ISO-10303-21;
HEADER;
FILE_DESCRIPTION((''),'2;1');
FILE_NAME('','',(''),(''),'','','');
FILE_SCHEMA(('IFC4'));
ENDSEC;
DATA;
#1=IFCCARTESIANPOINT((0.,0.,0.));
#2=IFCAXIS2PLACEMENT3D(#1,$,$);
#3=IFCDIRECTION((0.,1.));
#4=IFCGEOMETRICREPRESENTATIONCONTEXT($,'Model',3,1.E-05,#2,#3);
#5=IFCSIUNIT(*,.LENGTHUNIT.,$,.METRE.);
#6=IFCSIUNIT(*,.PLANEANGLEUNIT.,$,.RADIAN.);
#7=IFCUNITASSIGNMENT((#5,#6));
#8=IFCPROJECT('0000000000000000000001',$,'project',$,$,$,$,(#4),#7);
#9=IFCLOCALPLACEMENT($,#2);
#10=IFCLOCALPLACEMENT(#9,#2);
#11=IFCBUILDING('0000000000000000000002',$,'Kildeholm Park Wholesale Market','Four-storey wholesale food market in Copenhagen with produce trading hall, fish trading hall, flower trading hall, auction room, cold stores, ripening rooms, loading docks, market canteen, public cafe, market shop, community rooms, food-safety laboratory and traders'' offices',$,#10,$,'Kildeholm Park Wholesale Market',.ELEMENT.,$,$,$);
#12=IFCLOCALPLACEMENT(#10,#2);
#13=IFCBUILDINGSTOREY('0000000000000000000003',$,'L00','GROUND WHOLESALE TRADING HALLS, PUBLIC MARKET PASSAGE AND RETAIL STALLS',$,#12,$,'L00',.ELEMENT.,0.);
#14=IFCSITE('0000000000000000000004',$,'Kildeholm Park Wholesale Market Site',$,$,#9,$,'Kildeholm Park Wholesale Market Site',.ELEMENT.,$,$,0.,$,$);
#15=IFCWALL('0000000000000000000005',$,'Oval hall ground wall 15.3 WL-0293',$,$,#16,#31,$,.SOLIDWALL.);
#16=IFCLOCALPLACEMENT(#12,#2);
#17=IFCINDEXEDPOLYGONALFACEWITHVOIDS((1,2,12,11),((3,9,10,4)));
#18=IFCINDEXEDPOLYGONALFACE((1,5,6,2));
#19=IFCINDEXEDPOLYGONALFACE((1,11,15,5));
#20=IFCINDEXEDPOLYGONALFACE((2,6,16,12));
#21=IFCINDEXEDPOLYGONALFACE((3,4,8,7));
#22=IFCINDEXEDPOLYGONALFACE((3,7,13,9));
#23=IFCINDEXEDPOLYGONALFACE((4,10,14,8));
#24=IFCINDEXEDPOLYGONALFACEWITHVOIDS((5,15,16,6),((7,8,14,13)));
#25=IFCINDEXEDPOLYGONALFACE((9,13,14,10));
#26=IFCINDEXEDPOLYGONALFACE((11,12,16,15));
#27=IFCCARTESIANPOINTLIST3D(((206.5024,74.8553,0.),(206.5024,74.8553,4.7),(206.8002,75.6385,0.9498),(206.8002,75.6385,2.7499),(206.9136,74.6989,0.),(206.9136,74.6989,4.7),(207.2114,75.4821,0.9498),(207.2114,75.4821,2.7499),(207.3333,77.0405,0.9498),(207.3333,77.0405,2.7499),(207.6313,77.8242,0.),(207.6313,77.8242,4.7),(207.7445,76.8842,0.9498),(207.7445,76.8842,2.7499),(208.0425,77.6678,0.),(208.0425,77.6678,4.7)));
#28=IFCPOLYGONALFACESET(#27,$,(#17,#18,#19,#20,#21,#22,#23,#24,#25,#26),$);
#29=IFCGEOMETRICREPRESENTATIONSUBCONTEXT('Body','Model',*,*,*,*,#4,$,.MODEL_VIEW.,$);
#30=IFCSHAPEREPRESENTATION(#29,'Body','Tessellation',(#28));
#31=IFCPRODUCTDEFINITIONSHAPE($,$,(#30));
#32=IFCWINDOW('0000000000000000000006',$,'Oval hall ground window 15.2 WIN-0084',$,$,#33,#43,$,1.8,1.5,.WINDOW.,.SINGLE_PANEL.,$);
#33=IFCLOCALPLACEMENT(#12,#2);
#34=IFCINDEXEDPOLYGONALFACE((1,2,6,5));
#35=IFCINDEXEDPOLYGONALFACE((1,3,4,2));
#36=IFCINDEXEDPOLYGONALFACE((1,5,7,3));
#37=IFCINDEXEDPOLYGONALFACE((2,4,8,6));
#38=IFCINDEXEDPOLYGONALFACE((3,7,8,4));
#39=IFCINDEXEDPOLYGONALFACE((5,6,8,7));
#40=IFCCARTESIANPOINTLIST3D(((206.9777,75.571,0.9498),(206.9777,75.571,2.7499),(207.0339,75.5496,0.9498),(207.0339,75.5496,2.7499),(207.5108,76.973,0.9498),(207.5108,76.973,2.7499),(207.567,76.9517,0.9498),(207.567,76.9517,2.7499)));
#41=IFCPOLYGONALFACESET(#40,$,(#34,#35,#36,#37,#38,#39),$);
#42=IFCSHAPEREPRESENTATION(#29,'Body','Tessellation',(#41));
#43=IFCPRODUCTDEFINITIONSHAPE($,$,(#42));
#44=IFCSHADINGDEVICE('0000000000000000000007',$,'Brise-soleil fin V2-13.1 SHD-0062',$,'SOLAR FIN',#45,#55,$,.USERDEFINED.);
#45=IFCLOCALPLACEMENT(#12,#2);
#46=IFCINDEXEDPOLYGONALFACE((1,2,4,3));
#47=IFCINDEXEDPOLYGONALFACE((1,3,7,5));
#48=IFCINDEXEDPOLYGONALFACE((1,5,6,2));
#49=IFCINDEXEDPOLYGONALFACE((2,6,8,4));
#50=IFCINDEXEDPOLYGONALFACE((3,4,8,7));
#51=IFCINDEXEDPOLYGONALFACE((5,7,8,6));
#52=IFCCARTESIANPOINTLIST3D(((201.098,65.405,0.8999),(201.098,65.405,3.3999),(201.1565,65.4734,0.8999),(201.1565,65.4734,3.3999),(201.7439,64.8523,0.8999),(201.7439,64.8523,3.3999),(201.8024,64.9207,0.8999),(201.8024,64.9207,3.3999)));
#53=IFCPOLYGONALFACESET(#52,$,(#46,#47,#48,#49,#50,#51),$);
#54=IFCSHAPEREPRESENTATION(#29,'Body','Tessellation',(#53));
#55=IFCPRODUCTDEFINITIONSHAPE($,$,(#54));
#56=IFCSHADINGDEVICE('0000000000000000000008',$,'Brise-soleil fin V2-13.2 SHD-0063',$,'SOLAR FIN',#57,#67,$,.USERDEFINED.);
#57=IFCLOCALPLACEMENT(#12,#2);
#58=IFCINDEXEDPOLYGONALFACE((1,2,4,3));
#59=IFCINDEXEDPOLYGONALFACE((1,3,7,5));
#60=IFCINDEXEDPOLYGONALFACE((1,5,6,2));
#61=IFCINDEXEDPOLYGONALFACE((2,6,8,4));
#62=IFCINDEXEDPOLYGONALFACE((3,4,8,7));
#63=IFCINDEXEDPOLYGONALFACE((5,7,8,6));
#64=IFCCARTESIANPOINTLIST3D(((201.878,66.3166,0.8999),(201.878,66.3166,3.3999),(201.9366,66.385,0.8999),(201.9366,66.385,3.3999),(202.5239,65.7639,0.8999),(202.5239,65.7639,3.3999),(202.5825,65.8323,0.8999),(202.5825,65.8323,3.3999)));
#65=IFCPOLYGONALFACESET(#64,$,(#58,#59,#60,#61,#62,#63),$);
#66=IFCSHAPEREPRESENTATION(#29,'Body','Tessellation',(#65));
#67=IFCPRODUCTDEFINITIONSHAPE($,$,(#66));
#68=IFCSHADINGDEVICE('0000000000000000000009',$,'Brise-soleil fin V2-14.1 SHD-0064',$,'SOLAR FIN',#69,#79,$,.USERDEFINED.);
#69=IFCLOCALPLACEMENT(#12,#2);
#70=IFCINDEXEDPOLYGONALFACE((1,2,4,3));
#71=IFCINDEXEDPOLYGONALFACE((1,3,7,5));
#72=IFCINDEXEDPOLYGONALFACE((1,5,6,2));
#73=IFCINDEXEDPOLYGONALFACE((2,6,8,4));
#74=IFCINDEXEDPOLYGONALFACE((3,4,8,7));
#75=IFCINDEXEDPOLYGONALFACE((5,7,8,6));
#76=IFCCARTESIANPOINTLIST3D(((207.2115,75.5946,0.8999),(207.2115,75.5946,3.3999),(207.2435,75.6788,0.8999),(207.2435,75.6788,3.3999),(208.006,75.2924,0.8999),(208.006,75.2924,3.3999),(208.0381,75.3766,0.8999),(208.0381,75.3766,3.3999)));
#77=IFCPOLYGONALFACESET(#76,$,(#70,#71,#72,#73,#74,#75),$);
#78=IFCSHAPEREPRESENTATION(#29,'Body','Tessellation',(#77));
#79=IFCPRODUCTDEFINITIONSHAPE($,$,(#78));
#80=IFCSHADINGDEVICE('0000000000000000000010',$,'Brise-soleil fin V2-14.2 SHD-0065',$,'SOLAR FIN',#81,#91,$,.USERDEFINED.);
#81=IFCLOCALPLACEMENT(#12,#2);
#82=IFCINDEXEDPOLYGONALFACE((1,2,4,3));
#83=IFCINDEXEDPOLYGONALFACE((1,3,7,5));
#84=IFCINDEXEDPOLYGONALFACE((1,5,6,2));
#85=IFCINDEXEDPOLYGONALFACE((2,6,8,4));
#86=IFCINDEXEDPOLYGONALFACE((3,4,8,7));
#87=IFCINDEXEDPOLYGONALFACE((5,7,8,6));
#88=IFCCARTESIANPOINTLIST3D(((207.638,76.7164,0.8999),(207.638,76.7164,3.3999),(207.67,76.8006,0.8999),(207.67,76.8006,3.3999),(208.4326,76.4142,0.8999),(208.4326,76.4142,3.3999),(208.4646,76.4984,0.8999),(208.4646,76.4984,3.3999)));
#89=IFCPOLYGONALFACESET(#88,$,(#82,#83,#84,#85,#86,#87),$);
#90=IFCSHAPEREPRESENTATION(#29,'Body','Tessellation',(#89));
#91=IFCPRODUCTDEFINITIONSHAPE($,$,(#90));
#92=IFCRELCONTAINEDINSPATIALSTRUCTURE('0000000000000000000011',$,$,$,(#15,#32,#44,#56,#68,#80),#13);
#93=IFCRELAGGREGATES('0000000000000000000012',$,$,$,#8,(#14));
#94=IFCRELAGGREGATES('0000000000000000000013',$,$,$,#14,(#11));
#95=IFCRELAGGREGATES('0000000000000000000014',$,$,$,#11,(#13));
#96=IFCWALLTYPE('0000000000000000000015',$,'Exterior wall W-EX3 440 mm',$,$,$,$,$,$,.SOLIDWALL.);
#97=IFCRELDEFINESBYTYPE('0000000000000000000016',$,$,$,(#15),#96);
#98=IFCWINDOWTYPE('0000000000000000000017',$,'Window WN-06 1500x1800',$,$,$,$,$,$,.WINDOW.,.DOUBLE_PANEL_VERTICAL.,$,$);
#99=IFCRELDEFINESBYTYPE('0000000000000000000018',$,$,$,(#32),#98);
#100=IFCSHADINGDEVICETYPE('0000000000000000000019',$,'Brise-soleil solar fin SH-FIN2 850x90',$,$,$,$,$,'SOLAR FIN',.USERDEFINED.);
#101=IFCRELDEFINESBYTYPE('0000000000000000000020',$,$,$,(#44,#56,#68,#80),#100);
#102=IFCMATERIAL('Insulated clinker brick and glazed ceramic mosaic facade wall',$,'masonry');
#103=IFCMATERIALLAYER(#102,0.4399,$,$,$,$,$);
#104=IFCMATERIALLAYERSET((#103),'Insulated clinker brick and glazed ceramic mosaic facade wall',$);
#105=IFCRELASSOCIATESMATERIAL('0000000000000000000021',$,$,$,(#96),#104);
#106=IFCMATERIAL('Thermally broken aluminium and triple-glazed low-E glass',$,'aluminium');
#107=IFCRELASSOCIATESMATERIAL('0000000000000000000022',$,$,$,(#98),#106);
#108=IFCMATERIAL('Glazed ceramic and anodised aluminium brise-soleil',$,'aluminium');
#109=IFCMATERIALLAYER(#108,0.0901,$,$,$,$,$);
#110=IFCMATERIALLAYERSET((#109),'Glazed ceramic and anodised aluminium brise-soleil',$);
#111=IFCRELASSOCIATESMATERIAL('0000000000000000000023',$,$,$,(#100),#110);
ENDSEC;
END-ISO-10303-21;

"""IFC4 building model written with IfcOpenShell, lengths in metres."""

from ifc_helpers import new_model, si_unit, direction, frame, frame_2d, origin, origin_2d, place, context, subcontext, project, spatial, rectangle, extrude, material, layer, layer_set, type_object, element, fill, save


model = new_model("IFC4")

# Units and contexts
model_context = context("Model", 3, precision=1e-05, world=origin(), true_north=direction((0.0, 1.0)))
body_context = subcontext(model_context, "Body", "Model", "MODEL_VIEW")
ifc_project = project(units=[si_unit("LENGTHUNIT", "METRE"), si_unit("PLANEANGLEUNIT", "RADIAN")], contexts=[model_context])

# Site, building, storey
site_placement = place(None, origin())
site = spatial("IfcSite", under=ifc_project, at=site_placement, Name="Kildeholm Park Wholesale Market Site", LongName="Kildeholm Park Wholesale Market Site", CompositionType="ELEMENT", RefElevation=0.0)
building_placement = place(site_placement, origin())
building = spatial("IfcBuilding", under=site, at=building_placement, Name="Kildeholm Park Wholesale Market", Description="Four-storey wholesale food market in Copenhagen with produce trading hall, fish trading hall, flower trading hall, auction room, cold stores, ripening rooms, loading docks, market canteen, public cafe, market shop, community rooms, food-safety laboratory and traders' offices", LongName="Kildeholm Park Wholesale Market", CompositionType="ELEMENT")
storey_placement = place(building_placement, origin())
storey = spatial("IfcBuildingStorey", under=building, at=storey_placement, Name="L00", Description="GROUND WHOLESALE TRADING HALLS, PUBLIC MARKET PASSAGE AND RETAIL STALLS", LongName="L00", CompositionType="ELEMENT", Elevation=0.0)

# Shared definitions
ifc_material_1 = material(Name="Insulated clinker brick and glazed ceramic mosaic facade wall", Category="masonry")
ifc_layer_1 = layer(ifc_material_1, 0.4399)
ifc_layer_set_1 = layer_set([ifc_layer_1], Name="Insulated clinker brick and glazed ceramic mosaic facade wall")
wall_type = type_object("IfcWallType", Name="Exterior wall W-EX3 440 mm", PredefinedType="SOLIDWALL", material=ifc_layer_set_1)
ifc_material_2 = material(Name="Thermally broken aluminium and triple-glazed low-E glass", Category="aluminium")

# Wall, opening, window
wall_1_placement = place(storey_placement, frame((206.708, 74.7771, 0.0), z_axis=(0.0, 0.0, 1.0), x_axis=(0.355407, 0.934712, 0.0)))
wall_1 = element("IfcWall", 1, at=wall_1_placement, inside=storey, type_object=wall_type, Name="Oval hall ground wall 15.3 WL-0293", PredefinedType="SOLIDWALL", context=body_context, shape_type="SweptSolid", body=[
    extrude(rectangle(XDim=3.1763, YDim=0.4399, at=frame_2d((1.5881, 0.0))), origin(), (0.0, 0.0, 1.0), 4.7),
])
opening_1_placement = place(wall_1_placement, frame((0.8379, 0.0, 0.95)))
opening_1 = element("IfcOpeningElement", 2, at=opening_1_placement, cuts=wall_1, PredefinedType="OPENING", context=body_context, shape_type="SweptSolid", body=[
    extrude(rectangle(XDim=1.5, YDim=1.8, at=frame_2d((0.75, 0.8999))), frame((0.0, 0.23, 0.0), z_axis=(0.0, -1.0, 0.0), x_axis=(1.0, 0.0, 0.0)), (0.0, 0.0, 1.0), 0.46),
])
window_type_1 = type_object("IfcWindowType", Name="Window WN-06 1500x1800", PartitioningType="DOUBLE_PANEL_VERTICAL", PredefinedType="WINDOW", material=ifc_material_2)
window_1_placement = place(opening_1_placement, origin())
window_1 = element("IfcWindow", 3, at=window_1_placement, inside=storey, type_object=window_type_1, Name="Oval hall ground window 15.2 WIN-0084", OverallHeight=1.8, OverallWidth=1.5, PartitioningType="SINGLE_PANEL", PredefinedType="WINDOW", context=body_context, shape_type="SweptSolid", body=[
    extrude(rectangle(XDim=1.5, YDim=1.8, at=frame_2d((0.75, 0.8999))), frame((0.0, 0.03, 0.0), z_axis=(0.0, -1.0, 0.0), x_axis=(1.0, 0.0, 0.0)), (0.0, 0.0, 1.0), 0.0601),
])
fill(opening_1, window_1)

# Shading devices
ifc_material_3 = material(Name="Glazed ceramic and anodised aluminium brise-soleil", Category="aluminium")
ifc_layer_2 = layer(ifc_material_3, 0.0901)
ifc_layer_set_2 = layer_set([ifc_layer_2], Name="Glazed ceramic and anodised aluminium brise-soleil")
shading_device_type = type_object("IfcShadingDeviceType", Name="Brise-soleil solar fin SH-FIN2 850x90", ElementType="SOLAR FIN", PredefinedType="USERDEFINED", material=ifc_layer_set_2)
for number, where, z_axis, x_axis, name in (
    (4, (201.4502, 65.1628, 0.8999), (0.0, 0.0, 1.0), (0.759805, -0.650151, 0.0), "Brise-soleil fin V2-13.1 SHD-0062"),
    (5, (202.2302, 66.0745, 0.8999), (0.0, 0.0, 1.0), (0.759805, -0.650151, 0.0), "Brise-soleil fin V2-13.2 SHD-0063"),
    (6, (207.6248, 75.4856, 0.8999), (0.0, 0.0, 1.0), (0.934702, -0.355433, 0.0), "Brise-soleil fin V2-14.1 SHD-0064"),
    (7, (208.0513, 76.6074, 0.8999), (0.0, 0.0, 1.0), (0.934702, -0.355433, 0.0), "Brise-soleil fin V2-14.2 SHD-0065"),
):
    element("IfcShadingDevice", number, at=place(storey_placement, frame(where, z_axis=z_axis, x_axis=x_axis)), inside=storey, type_object=shading_device_type, Name=name, ObjectType="SOLAR FIN", PredefinedType="USERDEFINED", context=body_context, shape_type="SweptSolid", body=[
        extrude(rectangle(XDim=0.8501, YDim=0.0901, at=origin_2d()), origin(), (0.0, 0.0, 1.0), 2.5),
    ])

save(model, "model.ifc")
